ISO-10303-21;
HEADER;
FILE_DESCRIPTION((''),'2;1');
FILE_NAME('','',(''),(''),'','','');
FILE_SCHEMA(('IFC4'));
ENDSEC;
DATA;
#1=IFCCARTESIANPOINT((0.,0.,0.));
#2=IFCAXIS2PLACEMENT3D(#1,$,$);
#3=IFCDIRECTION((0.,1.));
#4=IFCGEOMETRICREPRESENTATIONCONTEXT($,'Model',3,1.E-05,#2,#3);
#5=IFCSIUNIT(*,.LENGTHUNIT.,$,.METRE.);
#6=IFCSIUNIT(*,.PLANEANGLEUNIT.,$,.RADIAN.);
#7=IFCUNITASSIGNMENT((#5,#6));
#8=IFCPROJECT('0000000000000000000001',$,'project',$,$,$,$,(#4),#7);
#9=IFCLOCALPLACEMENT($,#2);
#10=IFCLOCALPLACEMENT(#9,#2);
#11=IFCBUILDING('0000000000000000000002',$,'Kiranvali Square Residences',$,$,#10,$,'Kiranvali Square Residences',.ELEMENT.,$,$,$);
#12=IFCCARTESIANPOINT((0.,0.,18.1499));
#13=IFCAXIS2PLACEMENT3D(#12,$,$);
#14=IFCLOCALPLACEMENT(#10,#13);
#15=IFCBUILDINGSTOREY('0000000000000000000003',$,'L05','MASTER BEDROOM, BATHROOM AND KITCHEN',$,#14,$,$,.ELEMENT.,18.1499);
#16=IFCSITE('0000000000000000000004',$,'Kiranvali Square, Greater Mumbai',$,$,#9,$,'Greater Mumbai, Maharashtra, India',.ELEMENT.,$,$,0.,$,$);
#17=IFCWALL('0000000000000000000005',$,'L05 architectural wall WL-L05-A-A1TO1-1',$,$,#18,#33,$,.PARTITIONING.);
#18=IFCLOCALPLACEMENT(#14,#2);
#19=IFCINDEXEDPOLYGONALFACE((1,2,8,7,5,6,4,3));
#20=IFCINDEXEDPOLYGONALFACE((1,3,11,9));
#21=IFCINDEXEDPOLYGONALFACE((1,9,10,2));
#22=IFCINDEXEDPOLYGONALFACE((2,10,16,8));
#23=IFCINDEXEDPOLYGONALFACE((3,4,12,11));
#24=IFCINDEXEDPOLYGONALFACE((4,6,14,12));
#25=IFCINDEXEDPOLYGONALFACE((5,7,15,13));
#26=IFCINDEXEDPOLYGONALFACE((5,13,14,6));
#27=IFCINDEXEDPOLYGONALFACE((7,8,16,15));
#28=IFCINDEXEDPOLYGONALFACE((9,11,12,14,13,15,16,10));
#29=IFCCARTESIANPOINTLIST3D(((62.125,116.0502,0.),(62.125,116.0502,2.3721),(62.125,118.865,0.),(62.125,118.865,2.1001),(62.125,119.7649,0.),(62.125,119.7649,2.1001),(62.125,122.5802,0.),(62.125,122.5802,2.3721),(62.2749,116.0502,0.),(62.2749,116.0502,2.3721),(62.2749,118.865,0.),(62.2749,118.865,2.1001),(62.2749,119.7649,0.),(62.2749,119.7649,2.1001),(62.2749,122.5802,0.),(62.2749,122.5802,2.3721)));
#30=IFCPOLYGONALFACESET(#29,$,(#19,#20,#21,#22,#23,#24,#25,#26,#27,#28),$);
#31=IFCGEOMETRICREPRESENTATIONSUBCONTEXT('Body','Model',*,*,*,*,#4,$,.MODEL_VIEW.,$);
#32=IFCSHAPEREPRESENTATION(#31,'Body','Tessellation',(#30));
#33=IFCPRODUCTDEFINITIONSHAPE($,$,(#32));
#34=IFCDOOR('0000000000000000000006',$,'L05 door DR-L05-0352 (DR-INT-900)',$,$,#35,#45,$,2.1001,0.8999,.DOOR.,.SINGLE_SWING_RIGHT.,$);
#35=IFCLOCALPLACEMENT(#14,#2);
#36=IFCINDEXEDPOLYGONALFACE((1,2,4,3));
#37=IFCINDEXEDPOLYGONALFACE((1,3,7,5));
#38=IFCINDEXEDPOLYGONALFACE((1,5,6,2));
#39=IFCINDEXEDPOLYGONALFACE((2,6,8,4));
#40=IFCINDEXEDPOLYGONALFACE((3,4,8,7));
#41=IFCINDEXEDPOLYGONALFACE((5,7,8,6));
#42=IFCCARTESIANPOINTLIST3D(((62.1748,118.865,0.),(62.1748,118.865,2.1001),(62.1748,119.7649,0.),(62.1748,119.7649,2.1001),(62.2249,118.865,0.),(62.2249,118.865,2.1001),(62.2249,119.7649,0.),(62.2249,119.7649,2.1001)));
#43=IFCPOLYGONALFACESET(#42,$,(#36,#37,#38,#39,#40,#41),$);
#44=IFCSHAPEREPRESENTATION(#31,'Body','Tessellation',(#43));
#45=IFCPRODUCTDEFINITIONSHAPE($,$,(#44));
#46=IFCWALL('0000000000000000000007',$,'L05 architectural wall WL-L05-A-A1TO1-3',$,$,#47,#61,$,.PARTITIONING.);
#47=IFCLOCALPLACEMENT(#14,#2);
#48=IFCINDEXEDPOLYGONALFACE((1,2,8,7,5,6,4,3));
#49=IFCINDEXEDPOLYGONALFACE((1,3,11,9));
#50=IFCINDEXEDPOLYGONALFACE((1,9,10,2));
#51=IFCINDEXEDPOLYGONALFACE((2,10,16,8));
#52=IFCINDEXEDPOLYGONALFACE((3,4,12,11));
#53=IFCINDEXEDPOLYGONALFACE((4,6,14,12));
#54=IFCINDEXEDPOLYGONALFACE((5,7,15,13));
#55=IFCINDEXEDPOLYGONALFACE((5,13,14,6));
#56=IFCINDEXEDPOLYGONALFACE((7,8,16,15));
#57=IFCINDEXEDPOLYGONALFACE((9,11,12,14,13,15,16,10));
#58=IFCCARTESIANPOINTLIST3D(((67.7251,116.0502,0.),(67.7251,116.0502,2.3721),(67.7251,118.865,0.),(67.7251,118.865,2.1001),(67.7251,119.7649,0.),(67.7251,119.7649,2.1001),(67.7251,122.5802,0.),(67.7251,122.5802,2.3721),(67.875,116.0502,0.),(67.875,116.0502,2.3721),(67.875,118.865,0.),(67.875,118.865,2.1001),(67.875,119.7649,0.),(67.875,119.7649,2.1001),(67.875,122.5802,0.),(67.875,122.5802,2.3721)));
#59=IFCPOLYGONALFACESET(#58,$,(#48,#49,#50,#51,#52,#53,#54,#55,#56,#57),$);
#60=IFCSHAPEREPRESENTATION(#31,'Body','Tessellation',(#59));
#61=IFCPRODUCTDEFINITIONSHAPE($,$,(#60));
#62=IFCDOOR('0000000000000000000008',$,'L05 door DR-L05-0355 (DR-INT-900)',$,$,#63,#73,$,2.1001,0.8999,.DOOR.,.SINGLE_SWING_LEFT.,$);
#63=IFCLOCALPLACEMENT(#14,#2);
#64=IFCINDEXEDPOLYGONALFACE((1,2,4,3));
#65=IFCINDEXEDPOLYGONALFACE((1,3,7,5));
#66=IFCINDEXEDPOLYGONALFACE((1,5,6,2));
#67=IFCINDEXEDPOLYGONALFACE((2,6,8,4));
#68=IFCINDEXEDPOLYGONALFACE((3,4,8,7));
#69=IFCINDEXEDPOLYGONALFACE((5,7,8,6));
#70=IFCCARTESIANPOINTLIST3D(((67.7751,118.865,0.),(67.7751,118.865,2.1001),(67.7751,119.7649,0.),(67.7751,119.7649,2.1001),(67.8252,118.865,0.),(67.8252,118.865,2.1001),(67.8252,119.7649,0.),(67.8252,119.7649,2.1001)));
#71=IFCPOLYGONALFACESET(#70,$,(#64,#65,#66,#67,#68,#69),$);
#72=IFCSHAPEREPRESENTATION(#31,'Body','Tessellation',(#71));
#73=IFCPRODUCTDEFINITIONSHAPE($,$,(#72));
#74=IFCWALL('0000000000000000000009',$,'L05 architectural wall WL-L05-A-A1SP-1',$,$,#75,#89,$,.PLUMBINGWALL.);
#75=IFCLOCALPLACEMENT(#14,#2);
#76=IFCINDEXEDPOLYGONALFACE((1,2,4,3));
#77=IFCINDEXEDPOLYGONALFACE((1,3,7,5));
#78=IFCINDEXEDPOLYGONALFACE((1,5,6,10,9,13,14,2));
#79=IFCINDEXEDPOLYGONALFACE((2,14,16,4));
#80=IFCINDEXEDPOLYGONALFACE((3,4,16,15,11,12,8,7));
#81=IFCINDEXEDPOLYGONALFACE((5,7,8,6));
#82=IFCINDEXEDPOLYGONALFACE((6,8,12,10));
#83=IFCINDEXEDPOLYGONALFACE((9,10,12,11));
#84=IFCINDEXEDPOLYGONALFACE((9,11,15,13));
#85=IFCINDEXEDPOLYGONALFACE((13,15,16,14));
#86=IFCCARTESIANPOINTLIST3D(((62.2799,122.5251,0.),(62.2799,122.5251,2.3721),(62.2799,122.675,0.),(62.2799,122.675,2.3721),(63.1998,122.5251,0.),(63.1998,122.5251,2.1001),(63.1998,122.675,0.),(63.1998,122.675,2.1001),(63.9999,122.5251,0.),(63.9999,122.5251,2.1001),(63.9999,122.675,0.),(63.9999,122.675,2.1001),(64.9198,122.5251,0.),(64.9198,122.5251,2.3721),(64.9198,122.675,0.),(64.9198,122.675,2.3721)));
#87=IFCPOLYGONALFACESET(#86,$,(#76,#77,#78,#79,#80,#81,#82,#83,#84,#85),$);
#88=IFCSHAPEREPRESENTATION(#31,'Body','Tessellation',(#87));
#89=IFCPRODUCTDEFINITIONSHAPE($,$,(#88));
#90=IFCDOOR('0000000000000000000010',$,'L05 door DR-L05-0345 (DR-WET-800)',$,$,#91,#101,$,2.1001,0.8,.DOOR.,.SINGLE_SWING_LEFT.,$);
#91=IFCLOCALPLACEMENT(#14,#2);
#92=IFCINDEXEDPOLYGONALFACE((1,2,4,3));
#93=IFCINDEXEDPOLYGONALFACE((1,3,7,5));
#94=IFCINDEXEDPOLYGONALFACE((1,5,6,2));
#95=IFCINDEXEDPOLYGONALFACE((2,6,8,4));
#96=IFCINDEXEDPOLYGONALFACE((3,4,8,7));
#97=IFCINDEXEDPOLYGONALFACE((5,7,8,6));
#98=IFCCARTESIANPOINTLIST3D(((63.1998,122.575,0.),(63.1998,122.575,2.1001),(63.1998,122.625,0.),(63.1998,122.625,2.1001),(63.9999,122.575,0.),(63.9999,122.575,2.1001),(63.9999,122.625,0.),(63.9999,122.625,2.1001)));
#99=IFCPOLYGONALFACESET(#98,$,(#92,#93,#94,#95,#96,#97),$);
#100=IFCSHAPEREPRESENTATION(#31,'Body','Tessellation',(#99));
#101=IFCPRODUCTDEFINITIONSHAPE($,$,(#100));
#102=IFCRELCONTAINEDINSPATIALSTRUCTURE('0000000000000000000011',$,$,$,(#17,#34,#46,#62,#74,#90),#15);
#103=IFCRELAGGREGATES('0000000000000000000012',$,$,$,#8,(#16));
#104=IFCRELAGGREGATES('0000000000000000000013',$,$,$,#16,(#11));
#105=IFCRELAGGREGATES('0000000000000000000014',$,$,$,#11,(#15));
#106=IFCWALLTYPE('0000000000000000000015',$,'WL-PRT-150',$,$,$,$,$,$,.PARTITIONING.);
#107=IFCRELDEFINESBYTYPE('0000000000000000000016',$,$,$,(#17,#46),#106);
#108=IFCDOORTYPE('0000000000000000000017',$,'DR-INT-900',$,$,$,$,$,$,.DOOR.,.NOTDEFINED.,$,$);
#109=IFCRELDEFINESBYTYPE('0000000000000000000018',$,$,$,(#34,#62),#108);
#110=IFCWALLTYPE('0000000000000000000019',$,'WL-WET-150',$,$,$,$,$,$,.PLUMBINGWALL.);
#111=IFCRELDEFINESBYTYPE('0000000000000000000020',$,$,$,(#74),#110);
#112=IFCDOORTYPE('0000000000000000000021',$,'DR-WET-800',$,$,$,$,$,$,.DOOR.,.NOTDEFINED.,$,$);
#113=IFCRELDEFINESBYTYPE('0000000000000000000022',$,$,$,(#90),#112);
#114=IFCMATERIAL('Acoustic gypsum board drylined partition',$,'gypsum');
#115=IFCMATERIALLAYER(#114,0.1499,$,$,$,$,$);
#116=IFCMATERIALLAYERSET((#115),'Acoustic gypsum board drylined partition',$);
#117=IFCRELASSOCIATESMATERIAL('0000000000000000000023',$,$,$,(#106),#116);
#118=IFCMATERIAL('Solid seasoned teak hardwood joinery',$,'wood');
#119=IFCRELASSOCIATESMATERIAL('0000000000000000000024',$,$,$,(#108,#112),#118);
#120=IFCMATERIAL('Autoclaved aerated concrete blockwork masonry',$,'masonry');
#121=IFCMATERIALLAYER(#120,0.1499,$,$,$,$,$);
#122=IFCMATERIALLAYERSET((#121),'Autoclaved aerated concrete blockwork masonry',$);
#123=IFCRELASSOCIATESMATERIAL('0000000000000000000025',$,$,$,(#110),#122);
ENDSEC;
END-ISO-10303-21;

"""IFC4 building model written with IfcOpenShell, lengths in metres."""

from ifc_helpers import new_model, si_unit, direction, frame, frame_2d, origin, place, context, subcontext, project, spatial, rectangle, extrude, material, layer, layer_set, type_object, element, fill, save


model = new_model("IFC4")

# Units and contexts
model_context = context("Model", 3, precision=1e-05, world=origin(), true_north=direction((0.0, 1.0)))
body_context = subcontext(model_context, "Body", "Model", "MODEL_VIEW")
ifc_project = project(units=[si_unit("LENGTHUNIT", "METRE"), si_unit("PLANEANGLEUNIT", "RADIAN")], contexts=[model_context])

# Site, building, storey
site_placement = place(None, origin())
site = spatial("IfcSite", under=ifc_project, at=site_placement, Name="Kiranvali Square, Greater Mumbai", LongName="Greater Mumbai, Maharashtra, India", CompositionType="ELEMENT", RefElevation=0.0)
building_placement = place(site_placement, origin())
building = spatial("IfcBuilding", under=site, at=building_placement, Name="Kiranvali Square Residences", LongName="Kiranvali Square Residences", CompositionType="ELEMENT")
storey_placement = place(building_placement, frame((0.0, 0.0, 18.1499)))
storey = spatial("IfcBuildingStorey", under=building, at=storey_placement, Name="L05", Description="MASTER BEDROOM, BATHROOM AND KITCHEN", CompositionType="ELEMENT", Elevation=18.1499)

# Shared definitions
ifc_material_1 = material(Name="Autoclaved aerated concrete blockwork masonry", Category="masonry")

# Walls, openings, doors
ifc_material_2 = material(Name="Acoustic gypsum board drylined partition", Category="gypsum")
ifc_layer_1 = layer(ifc_material_2, 0.1499)
ifc_layer_set_1 = layer_set([ifc_layer_1], Name="Acoustic gypsum board drylined partition")
wall_type_1 = type_object("IfcWallType", Name="WL-PRT-150", PredefinedType="PARTITIONING", material=ifc_layer_set_1)
wall_1_placement = place(storey_placement, frame((62.2, 116.05, 0.0), z_axis=(0.0, 0.0, 1.0), x_axis=(0.0, 1.0, 0.0)))
wall_1 = element("IfcWall", 1, at=wall_1_placement, inside=storey, type_object=wall_type_1, Name="L05 architectural wall WL-L05-A-A1TO1-1", PredefinedType="PARTITIONING", context=body_context, shape_type="SweptSolid", body=[
    extrude(rectangle(XDim=6.53, YDim=0.1499, at=frame_2d((3.2651, 0.0))), origin(), (0.0, 0.0, 1.0), 2.3721),
])
opening_1_placement = place(wall_1_placement, frame((2.8149, 0.0, 0.0)))
opening_1 = element("IfcOpeningElement", 2, at=opening_1_placement, cuts=wall_1, PredefinedType="OPENING", context=body_context, shape_type="SweptSolid", body=[
    extrude(rectangle(XDim=0.8999, YDim=2.1001, at=frame_2d((0.45, 1.05))), frame((0.0, 0.085, 0.0), z_axis=(0.0, -1.0, 0.0), x_axis=(1.0, 0.0, 0.0)), (0.0, 0.0, 1.0), 0.1699),
])
ifc_material_3 = material(Name="Solid seasoned teak hardwood joinery", Category="wood")
door_type_1 = type_object("IfcDoorType", Name="DR-INT-900", OperationType="NOTDEFINED", PredefinedType="DOOR", material=ifc_material_3)
door_1_placement = place(opening_1_placement, frame((0.8999, 0.0, 0.0), z_axis=(0.0, 0.0, 1.0), x_axis=(-1.0, 0.0, 0.0)))
door_1 = element("IfcDoor", 3, at=door_1_placement, inside=storey, type_object=door_type_1, Name="L05 door DR-L05-0352 (DR-INT-900)", OperationType="SINGLE_SWING_RIGHT", OverallHeight=2.1001, OverallWidth=0.8999, PredefinedType="DOOR", context=body_context, shape_type="SweptSolid", body=[
    extrude(rectangle(XDim=0.8999, YDim=2.1001, at=frame_2d((0.45, 1.05))), frame((0.0, 0.0249, 0.0), z_axis=(0.0, -1.0, 0.0), x_axis=(1.0, 0.0, 0.0)), (0.0, 0.0, 1.0), 0.05),
])
fill(opening_1, door_1)
wall_2_placement = place(storey_placement, frame((67.8, 116.05, 0.0), z_axis=(0.0, 0.0, 1.0), x_axis=(0.0, 1.0, 0.0)))
wall_2 = element("IfcWall", 4, at=wall_2_placement, inside=storey, type_object=wall_type_1, Name="L05 architectural wall WL-L05-A-A1TO1-3", PredefinedType="PARTITIONING", context=body_context, shape_type="SweptSolid", body=[
    extrude(rectangle(XDim=6.53, YDim=0.1499, at=frame_2d((3.2651, 0.0))), origin(), (0.0, 0.0, 1.0), 2.3721),
])
opening_2_placement = place(wall_2_placement, frame((2.8149, 0.0, 0.0)))
opening_2 = element("IfcOpeningElement", 5, at=opening_2_placement, cuts=wall_2, PredefinedType="OPENING", context=body_context, shape_type="SweptSolid", body=[
    extrude(rectangle(XDim=0.8999, YDim=2.1001, at=frame_2d((0.45, 1.05))), frame((0.0, 0.085, 0.0), z_axis=(0.0, -1.0, 0.0), x_axis=(1.0, 0.0, 0.0)), (0.0, 0.0, 1.0), 0.1699),
])
door_2_placement = place(opening_2_placement, origin())
door_2 = element("IfcDoor", 6, at=door_2_placement, inside=storey, type_object=door_type_1, Name="L05 door DR-L05-0355 (DR-INT-900)", OperationType="SINGLE_SWING_LEFT", OverallHeight=2.1001, OverallWidth=0.8999, PredefinedType="DOOR", context=body_context, shape_type="SweptSolid", body=[
    extrude(rectangle(XDim=0.8999, YDim=2.1001, at=frame_2d((0.45, 1.05))), frame((0.0, 0.0249, 0.0), z_axis=(0.0, -1.0, 0.0), x_axis=(1.0, 0.0, 0.0)), (0.0, 0.0, 1.0), 0.05),
])
fill(opening_2, door_2)
ifc_layer_2 = layer(ifc_material_1, 0.1499)
ifc_layer_set_2 = layer_set([ifc_layer_2], Name="Autoclaved aerated concrete blockwork masonry")
wall_type_2 = type_object("IfcWallType", Name="WL-WET-150", PredefinedType="PLUMBINGWALL", material=ifc_layer_set_2)
wall_3_placement = place(storey_placement, frame((62.28, 122.6001, 0.0), z_axis=(0.0, 0.0, 1.0), x_axis=(1.0, 0.0, 0.0)))
wall_3 = element("IfcWall", 7, at=wall_3_placement, inside=storey, type_object=wall_type_2, Name="L05 architectural wall WL-L05-A-A1SP-1", PredefinedType="PLUMBINGWALL", context=body_context, shape_type="SweptSolid", body=[
    extrude(rectangle(XDim=2.6399, YDim=0.1499, at=frame_2d((1.3198, 0.0))), origin(), (0.0, 0.0, 1.0), 2.3721),
])
opening_3_placement = place(wall_3_placement, frame((0.9199, 0.0, 0.0)))
opening_3 = element("IfcOpeningElement", 8, at=opening_3_placement, cuts=wall_3, PredefinedType="OPENING", context=body_context, shape_type="SweptSolid", body=[
    extrude(rectangle(XDim=0.8, YDim=2.1001, at=frame_2d((0.3999, 1.05))), frame((0.0, 0.085, 0.0), z_axis=(0.0, -1.0, 0.0), x_axis=(1.0, 0.0, 0.0)), (0.0, 0.0, 1.0), 0.1699),
])
door_type_2 = type_object("IfcDoorType", Name="DR-WET-800", OperationType="NOTDEFINED", PredefinedType="DOOR", material=ifc_material_3)
door_3_placement = place(opening_3_placement, origin())
door_3 = element("IfcDoor", 9, at=door_3_placement, inside=storey, type_object=door_type_2, Name="L05 door DR-L05-0345 (DR-WET-800)", OperationType="SINGLE_SWING_LEFT", OverallHeight=2.1001, OverallWidth=0.8, PredefinedType="DOOR", context=body_context, shape_type="SweptSolid", body=[
    extrude(rectangle(XDim=0.8, YDim=2.1001, at=frame_2d((0.3999, 1.05))), frame((0.0, 0.0249, 0.0), z_axis=(0.0, -1.0, 0.0), x_axis=(1.0, 0.0, 0.0)), (0.0, 0.0, 1.0), 0.05),
])
fill(opening_3, door_3)

save(model, "model.ifc")
